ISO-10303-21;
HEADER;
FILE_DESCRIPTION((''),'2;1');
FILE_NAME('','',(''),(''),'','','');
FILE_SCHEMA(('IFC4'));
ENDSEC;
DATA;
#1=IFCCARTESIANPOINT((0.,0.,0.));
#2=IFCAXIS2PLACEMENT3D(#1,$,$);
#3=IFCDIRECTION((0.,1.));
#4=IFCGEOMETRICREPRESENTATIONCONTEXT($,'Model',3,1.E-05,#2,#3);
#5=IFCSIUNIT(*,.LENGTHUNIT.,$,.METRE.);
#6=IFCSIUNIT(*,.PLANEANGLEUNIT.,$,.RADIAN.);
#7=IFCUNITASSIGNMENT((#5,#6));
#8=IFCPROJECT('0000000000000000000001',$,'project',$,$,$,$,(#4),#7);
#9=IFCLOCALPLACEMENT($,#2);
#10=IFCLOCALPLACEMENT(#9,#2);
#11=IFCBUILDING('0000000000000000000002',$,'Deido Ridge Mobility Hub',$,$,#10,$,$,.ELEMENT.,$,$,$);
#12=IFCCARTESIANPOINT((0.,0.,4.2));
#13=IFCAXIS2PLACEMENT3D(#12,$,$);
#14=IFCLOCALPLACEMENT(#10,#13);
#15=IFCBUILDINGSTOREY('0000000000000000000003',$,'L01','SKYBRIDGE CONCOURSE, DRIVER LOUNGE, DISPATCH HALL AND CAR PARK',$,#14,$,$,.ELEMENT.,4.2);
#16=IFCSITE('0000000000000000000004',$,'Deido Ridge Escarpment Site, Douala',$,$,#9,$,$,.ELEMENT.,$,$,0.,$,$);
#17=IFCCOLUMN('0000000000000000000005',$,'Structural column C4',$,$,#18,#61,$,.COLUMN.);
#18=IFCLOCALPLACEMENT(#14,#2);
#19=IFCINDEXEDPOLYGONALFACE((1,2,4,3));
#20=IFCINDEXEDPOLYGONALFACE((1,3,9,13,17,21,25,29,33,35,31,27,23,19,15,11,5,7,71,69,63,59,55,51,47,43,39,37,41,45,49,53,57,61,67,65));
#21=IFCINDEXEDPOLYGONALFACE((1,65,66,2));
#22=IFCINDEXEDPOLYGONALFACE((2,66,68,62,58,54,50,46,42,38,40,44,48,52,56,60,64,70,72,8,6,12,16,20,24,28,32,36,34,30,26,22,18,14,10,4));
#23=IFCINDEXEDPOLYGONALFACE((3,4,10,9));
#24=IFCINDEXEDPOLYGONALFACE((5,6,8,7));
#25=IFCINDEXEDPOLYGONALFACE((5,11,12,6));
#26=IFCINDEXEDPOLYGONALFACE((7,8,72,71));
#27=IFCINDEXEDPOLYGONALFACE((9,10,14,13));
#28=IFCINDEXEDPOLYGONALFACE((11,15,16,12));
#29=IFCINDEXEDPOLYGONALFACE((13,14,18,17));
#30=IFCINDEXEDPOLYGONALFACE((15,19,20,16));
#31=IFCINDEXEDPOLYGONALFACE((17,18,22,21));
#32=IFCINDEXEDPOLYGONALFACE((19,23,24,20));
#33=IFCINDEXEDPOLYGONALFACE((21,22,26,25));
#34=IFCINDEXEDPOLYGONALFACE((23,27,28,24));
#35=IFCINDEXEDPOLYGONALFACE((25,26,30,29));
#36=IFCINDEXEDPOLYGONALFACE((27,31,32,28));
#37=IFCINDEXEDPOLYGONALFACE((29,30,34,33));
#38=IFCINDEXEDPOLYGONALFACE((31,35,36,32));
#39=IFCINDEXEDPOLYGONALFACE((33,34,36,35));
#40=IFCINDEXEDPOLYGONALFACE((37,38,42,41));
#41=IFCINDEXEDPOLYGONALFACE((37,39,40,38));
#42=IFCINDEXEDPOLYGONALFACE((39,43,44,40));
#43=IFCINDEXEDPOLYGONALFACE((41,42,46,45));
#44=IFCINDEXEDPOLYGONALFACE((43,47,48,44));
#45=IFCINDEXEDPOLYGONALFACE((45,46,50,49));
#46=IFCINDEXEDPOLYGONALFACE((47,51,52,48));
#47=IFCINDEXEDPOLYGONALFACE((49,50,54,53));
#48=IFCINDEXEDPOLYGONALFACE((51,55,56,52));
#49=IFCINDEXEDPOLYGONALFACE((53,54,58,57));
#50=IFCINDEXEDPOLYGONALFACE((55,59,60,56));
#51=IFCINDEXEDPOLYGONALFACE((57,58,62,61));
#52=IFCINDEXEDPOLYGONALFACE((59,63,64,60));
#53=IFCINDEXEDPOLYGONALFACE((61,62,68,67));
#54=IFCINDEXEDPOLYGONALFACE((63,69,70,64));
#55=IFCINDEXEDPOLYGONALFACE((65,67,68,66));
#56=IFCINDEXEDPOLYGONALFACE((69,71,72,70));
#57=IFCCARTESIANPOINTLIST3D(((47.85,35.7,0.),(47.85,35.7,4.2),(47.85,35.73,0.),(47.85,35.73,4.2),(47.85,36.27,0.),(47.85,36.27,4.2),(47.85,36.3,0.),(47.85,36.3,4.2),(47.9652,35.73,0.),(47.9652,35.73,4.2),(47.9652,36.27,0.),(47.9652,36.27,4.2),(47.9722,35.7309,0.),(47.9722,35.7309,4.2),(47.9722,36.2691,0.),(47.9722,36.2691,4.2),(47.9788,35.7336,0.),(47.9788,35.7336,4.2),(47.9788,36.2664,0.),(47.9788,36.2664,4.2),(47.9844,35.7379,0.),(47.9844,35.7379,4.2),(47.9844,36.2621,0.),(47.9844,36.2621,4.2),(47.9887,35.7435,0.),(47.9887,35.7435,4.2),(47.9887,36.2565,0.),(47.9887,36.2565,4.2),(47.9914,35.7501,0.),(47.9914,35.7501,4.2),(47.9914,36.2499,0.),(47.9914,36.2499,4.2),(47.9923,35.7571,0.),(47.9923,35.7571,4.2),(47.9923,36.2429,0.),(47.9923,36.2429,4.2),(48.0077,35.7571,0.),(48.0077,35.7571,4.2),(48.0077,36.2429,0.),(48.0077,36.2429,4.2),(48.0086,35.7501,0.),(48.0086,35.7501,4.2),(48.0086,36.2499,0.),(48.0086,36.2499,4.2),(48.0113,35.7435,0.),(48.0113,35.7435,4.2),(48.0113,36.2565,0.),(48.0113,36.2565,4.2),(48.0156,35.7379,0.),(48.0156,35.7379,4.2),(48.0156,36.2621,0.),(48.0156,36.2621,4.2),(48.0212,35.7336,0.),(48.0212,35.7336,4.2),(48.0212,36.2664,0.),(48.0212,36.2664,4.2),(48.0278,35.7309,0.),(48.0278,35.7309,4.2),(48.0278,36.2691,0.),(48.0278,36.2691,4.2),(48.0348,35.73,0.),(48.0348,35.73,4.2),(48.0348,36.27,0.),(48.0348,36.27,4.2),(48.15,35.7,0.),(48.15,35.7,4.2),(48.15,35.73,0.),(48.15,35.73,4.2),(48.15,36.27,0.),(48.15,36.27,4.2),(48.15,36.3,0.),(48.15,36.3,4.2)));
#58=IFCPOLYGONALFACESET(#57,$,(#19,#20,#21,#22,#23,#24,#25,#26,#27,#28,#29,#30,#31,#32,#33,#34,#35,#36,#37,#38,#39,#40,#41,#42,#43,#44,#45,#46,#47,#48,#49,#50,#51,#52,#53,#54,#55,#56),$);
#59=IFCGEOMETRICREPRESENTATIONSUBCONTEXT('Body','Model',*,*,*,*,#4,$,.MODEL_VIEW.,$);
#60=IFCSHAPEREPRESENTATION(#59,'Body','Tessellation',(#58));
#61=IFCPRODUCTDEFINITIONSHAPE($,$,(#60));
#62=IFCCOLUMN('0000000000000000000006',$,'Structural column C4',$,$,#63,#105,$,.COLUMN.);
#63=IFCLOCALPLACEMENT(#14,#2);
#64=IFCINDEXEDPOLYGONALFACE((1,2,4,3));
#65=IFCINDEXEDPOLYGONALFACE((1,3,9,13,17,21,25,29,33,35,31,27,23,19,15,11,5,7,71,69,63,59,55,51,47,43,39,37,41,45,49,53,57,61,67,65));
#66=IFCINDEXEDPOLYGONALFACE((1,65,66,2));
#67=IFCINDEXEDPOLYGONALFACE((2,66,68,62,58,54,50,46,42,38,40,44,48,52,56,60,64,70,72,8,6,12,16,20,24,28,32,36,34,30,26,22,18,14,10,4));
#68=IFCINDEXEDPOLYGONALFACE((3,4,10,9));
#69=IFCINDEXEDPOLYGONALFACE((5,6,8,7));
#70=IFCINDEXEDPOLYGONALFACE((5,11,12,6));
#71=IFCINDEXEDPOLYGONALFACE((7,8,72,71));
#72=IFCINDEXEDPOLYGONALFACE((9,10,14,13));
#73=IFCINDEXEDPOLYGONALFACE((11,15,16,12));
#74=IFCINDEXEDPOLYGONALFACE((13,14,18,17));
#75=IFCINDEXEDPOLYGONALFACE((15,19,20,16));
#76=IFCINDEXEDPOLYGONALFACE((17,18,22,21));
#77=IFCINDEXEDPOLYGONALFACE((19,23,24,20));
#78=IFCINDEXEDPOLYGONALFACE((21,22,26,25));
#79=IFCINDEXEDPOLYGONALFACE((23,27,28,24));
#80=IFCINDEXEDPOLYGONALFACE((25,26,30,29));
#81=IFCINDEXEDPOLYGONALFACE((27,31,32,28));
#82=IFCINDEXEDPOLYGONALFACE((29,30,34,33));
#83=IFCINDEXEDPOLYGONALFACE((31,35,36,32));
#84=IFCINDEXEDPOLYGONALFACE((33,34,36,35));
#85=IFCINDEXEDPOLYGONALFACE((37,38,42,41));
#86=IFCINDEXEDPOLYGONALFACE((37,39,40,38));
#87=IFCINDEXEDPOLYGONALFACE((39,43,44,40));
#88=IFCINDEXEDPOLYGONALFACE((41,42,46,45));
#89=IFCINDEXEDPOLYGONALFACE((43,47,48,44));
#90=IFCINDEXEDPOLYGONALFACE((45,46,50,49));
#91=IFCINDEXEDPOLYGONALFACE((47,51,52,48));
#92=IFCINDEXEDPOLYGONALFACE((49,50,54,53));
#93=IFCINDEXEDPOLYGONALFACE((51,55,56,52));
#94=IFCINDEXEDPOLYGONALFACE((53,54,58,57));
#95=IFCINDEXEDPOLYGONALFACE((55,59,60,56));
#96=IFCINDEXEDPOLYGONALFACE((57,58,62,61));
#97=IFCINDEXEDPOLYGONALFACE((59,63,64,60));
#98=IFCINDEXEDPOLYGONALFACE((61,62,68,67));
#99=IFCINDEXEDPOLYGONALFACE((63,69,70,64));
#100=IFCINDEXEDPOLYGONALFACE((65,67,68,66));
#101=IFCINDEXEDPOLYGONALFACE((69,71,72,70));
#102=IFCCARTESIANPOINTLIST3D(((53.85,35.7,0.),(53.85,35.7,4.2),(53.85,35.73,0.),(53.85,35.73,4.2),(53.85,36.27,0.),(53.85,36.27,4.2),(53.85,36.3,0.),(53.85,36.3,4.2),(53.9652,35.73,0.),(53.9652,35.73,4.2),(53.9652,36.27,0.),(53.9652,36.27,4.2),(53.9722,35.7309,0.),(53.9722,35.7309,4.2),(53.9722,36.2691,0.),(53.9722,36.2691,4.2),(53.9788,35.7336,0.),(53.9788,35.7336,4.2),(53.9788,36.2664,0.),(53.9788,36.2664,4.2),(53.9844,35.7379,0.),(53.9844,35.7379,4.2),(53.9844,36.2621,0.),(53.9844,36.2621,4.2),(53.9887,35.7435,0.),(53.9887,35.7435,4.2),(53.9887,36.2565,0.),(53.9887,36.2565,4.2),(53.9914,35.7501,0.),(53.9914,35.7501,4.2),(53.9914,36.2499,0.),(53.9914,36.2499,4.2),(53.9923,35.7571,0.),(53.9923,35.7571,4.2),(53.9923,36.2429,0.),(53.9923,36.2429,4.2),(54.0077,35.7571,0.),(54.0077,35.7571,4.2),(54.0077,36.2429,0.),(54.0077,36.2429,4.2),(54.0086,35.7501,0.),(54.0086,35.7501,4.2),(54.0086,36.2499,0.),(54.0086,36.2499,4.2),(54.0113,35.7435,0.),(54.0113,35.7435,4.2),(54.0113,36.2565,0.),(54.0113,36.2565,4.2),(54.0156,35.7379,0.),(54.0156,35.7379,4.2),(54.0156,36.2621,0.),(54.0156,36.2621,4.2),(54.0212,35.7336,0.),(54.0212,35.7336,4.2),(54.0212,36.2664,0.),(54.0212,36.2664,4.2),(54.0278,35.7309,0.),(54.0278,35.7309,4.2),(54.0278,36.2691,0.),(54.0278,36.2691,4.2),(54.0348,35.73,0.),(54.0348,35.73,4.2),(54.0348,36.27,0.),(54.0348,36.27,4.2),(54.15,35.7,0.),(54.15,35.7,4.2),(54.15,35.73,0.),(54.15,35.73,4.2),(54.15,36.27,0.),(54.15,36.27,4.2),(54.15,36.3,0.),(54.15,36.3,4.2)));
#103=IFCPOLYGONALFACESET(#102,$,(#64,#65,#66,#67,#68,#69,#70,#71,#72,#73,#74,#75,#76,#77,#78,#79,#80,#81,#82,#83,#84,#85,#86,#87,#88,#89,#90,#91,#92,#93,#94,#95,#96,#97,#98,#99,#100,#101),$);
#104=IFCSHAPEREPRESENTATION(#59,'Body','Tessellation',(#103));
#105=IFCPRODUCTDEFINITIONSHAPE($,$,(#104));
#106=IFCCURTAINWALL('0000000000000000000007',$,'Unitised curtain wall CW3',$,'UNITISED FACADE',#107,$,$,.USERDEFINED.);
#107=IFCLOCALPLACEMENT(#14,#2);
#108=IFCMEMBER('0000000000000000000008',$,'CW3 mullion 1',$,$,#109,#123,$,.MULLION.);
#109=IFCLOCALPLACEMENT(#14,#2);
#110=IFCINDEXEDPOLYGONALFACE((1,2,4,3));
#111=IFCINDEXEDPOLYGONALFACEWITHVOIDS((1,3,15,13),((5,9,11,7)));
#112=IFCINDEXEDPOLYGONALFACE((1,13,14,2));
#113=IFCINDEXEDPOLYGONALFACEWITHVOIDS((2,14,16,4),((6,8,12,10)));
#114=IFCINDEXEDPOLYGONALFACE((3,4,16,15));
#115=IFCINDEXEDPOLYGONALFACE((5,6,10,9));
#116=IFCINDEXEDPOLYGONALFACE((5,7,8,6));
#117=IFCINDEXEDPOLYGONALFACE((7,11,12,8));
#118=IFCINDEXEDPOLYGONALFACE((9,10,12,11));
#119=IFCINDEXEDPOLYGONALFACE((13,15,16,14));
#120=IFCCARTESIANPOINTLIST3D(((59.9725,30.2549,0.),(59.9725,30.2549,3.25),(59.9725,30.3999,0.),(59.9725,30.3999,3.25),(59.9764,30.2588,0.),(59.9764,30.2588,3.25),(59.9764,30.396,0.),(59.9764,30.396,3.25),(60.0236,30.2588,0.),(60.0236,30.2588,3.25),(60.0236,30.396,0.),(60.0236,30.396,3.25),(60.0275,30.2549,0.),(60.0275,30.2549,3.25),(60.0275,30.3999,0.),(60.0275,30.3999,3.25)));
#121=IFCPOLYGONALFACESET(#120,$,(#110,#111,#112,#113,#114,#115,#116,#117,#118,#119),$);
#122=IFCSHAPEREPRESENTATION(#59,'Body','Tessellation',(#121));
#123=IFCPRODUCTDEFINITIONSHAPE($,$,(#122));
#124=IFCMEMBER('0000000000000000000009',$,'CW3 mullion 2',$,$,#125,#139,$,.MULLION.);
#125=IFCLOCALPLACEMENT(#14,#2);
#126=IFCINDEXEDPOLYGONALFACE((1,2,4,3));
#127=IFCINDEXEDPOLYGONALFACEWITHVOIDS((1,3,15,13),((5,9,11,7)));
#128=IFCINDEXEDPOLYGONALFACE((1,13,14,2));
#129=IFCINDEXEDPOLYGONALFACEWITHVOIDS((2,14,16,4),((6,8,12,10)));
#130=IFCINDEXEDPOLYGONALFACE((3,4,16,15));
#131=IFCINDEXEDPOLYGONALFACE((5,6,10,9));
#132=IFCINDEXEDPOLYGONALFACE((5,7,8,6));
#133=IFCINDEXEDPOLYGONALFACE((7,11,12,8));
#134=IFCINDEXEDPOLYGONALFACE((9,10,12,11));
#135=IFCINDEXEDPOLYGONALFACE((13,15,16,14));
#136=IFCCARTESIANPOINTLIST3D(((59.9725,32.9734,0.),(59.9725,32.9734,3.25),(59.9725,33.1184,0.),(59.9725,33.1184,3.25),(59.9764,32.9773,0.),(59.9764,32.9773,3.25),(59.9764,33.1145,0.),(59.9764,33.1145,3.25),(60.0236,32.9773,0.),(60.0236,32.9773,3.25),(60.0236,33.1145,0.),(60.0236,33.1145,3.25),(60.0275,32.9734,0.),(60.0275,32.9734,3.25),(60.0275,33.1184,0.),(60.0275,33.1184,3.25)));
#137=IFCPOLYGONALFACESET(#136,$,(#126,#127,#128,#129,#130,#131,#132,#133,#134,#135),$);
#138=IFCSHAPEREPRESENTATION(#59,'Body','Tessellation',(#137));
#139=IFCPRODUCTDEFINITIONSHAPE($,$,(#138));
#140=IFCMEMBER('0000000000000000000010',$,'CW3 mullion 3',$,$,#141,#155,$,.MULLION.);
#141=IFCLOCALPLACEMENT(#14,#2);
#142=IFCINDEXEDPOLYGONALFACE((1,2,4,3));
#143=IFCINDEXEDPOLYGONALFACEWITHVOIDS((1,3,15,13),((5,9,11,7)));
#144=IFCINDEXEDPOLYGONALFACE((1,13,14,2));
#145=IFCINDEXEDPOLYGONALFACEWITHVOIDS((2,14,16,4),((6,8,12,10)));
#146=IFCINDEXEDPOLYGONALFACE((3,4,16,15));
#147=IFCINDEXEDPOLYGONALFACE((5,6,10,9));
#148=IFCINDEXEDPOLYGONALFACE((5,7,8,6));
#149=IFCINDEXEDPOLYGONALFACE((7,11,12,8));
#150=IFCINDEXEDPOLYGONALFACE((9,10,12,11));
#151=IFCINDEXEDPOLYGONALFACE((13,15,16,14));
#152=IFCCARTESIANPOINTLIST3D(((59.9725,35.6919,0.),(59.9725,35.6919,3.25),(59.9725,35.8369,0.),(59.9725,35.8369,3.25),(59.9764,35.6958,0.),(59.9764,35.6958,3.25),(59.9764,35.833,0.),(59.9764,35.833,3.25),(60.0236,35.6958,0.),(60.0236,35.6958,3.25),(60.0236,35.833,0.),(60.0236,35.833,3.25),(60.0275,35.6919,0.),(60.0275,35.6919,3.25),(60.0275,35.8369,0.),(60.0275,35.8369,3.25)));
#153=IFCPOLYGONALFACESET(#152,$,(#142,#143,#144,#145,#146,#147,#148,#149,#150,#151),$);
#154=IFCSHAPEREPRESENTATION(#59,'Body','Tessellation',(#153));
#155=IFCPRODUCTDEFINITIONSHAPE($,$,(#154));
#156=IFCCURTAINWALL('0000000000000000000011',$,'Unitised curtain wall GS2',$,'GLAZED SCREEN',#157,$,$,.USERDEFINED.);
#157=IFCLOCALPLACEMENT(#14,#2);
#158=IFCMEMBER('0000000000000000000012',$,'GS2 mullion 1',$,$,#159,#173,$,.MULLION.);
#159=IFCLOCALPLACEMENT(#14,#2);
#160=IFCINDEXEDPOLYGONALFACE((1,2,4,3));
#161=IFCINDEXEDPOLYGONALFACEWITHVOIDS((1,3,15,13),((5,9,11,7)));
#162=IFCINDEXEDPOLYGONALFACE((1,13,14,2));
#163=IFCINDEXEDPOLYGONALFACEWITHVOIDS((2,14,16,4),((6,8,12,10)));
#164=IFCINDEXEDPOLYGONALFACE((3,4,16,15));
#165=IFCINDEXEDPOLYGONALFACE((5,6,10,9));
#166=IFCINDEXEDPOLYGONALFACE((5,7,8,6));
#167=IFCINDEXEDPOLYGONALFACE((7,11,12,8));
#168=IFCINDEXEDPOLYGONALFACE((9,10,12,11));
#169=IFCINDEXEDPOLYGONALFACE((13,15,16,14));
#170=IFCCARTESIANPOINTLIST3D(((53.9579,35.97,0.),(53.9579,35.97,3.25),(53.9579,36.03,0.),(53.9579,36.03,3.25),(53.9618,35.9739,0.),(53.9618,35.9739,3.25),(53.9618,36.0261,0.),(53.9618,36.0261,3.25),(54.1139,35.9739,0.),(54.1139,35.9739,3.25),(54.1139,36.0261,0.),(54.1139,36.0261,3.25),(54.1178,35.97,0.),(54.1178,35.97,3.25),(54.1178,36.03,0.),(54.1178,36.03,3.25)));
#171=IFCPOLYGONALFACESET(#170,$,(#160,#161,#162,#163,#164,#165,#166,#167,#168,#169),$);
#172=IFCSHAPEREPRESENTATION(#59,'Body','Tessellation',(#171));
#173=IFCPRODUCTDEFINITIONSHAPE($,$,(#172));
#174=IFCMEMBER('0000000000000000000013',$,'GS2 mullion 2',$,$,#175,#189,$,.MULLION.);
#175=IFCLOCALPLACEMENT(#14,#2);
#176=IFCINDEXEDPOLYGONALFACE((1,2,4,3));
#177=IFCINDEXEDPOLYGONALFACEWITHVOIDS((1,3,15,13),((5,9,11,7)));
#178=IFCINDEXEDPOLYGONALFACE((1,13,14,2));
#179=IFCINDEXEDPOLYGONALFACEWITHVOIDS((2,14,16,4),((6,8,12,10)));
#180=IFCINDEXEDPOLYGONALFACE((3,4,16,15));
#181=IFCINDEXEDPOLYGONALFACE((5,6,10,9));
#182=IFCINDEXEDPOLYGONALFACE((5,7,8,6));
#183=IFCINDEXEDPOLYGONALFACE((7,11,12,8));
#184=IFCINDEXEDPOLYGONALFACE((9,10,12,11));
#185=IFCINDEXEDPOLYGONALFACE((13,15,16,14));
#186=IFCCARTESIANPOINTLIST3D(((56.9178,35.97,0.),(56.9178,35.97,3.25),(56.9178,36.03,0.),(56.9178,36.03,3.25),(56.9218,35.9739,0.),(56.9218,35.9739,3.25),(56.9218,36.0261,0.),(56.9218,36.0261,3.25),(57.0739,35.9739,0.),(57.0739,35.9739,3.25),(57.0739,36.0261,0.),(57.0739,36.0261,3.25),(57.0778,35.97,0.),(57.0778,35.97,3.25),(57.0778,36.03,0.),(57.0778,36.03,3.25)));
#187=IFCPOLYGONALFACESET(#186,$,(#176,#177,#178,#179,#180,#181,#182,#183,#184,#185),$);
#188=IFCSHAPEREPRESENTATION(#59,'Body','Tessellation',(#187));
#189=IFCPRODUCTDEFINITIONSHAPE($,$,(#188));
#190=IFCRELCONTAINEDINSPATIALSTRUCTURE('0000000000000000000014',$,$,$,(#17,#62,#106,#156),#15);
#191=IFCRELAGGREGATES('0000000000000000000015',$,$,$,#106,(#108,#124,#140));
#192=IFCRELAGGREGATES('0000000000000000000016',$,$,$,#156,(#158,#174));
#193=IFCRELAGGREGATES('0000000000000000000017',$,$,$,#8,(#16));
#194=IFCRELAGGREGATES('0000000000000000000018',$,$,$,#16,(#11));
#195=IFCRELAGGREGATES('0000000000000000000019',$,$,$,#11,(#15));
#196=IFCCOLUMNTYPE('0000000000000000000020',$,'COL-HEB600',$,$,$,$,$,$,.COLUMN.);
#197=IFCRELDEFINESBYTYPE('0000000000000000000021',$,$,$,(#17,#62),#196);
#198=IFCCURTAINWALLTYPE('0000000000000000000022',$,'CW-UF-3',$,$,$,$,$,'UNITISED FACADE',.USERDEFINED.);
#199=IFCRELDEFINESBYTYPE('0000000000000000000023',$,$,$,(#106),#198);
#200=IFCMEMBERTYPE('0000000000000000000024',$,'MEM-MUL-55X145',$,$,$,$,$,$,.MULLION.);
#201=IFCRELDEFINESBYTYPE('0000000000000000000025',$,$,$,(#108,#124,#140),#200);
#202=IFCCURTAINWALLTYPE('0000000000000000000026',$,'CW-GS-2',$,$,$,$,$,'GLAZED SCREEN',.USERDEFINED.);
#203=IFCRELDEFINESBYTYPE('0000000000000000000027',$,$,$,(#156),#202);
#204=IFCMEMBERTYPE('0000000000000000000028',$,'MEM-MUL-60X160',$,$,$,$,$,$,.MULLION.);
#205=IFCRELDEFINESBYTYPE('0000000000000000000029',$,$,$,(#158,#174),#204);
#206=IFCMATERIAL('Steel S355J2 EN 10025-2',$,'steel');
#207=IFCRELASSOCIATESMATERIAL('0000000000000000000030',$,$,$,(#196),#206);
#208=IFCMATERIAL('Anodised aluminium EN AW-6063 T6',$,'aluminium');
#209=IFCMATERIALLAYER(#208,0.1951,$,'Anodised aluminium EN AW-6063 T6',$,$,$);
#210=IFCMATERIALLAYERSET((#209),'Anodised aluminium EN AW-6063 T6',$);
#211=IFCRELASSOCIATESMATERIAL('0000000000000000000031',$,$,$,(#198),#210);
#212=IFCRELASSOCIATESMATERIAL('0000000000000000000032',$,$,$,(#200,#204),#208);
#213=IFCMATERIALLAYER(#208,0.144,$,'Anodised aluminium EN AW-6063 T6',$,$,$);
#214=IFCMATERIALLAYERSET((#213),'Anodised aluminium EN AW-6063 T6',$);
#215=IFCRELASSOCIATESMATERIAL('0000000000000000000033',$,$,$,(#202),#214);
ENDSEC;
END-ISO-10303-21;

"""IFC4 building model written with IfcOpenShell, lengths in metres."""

from ifc_helpers import new_model, si_unit, direction, frame, origin, origin_2d, place, context, subcontext, project, spatial, hollow_rectangle, i_section, extrude, material, layer, layer_set, material_profile, profile_set, type_object, element, aggregate, save


model = new_model("IFC4")

# Units and contexts
model_context = context("Model", 3, precision=1e-05, world=origin(), true_north=direction((0.0, 1.0)))
body_context = subcontext(model_context, "Body", "Model", "MODEL_VIEW")
ifc_project = project(units=[si_unit("LENGTHUNIT", "METRE"), si_unit("PLANEANGLEUNIT", "RADIAN")], contexts=[model_context])

# Site, building, storey
site_placement = place(None, origin())
site = spatial("IfcSite", under=ifc_project, at=site_placement, Name="Deido Ridge Escarpment Site, Douala", CompositionType="ELEMENT", RefElevation=0.0)
building_placement = place(site_placement, origin())
building = spatial("IfcBuilding", under=site, at=building_placement, Name="Deido Ridge Mobility Hub", CompositionType="ELEMENT")
storey_placement = place(building_placement, frame((0.0, 0.0, 4.2)))
storey = spatial("IfcBuildingStorey", under=building, at=storey_placement, Name="L01", Description="SKYBRIDGE CONCOURSE, DRIVER LOUNGE, DISPATCH HALL AND CAR PARK", CompositionType="ELEMENT", Elevation=4.2)

# Columns
ifc_material_1 = material(Name="Steel S355J2 EN 10025-2", Category="steel")
ifc_material_profile_1 = material_profile(ifc_material_1, i_section(OverallWidth=0.3, OverallDepth=0.6001, WebThickness=0.0154, FlangeThickness=0.03, FilletRadius=0.0271, at=origin_2d()), Name="HEB 600")
ifc_profile_set_1 = profile_set([ifc_material_profile_1], Name="Steel S355J2 EN 10025-2")
column_type_1 = type_object("IfcColumnType", Name="COL-HEB600", PredefinedType="COLUMN", material=ifc_profile_set_1)
for number, where, z_axis, x_axis, name in (
    (1, (48.0, 36.0, 0.0), (0.0, 0.0, 1.0), (1.0, 0.0, 0.0), "Structural column C4"),
    (2, (54.0, 36.0, 0.0), (0.0, 0.0, 1.0), (1.0, 0.0, 0.0), "Structural column C4"),
):
    element("IfcColumn", number, at=place(storey_placement, frame(where, z_axis=z_axis, x_axis=x_axis)), inside=storey, type_object=column_type_1, Name=name, PredefinedType="COLUMN", context=body_context, shape_type="SweptSolid", body=[
        extrude(i_section(OverallWidth=0.3, OverallDepth=0.6001, WebThickness=0.0154, FlangeThickness=0.03, FilletRadius=0.0271, at=origin_2d()), origin(), (0.0, 0.0, 1.0), 4.2),
    ])

# Curtain walls, members
ifc_material_2 = material(Name="Anodised aluminium EN AW-6063 T6", Category="aluminium")
ifc_layer_1 = layer(ifc_material_2, 0.1951, Name="Anodised aluminium EN AW-6063 T6")
ifc_layer_set_1 = layer_set([ifc_layer_1], Name="Anodised aluminium EN AW-6063 T6")
curtain_wall_type_1 = type_object("IfcCurtainWallType", Name="CW-UF-3", ElementType="UNITISED FACADE", PredefinedType="USERDEFINED", material=ifc_layer_set_1)
curtain_wall_1_placement = place(storey_placement, origin())
curtain_wall_1 = element("IfcCurtainWall", 3, at=curtain_wall_1_placement, inside=storey, type_object=curtain_wall_type_1, Name="Unitised curtain wall CW3", ObjectType="UNITISED FACADE", PredefinedType="USERDEFINED")
ifc_material_profile_2 = material_profile(ifc_material_2, hollow_rectangle(XDim=0.0549, YDim=0.145, WallThickness=0.0039, at=origin_2d()), Name="RHS 55x145x4")
ifc_profile_set_2 = profile_set([ifc_material_profile_2], Name="Anodised aluminium EN AW-6063 T6")
member_type_1 = type_object("IfcMemberType", Name="MEM-MUL-55X145", PredefinedType="MULLION", material=ifc_profile_set_2)
member_1_placement = place(storey_placement, frame((60.0, 30.3274, 0.0), z_axis=(0.0, 0.0, 1.0), x_axis=(-1.0, 0.0, 0.0)))
member_1 = element("IfcMember", 4, at=member_1_placement, type_object=member_type_1, Name="CW3 mullion 1", PredefinedType="MULLION", context=body_context, shape_type="SweptSolid", body=[
    extrude(hollow_rectangle(XDim=0.0549, YDim=0.145, WallThickness=0.0039, at=origin_2d()), origin(), (0.0, 0.0, 1.0), 3.25),
])
member_2_placement = place(storey_placement, frame((60.0, 33.0459, 0.0), z_axis=(0.0, 0.0, 1.0), x_axis=(-1.0, 0.0, 0.0)))
member_2 = element("IfcMember", 5, at=member_2_placement, type_object=member_type_1, Name="CW3 mullion 2", PredefinedType="MULLION", context=body_context, shape_type="SweptSolid", body=[
    extrude(hollow_rectangle(XDim=0.0549, YDim=0.145, WallThickness=0.0039, at=origin_2d()), origin(), (0.0, 0.0, 1.0), 3.25),
])
member_3_placement = place(storey_placement, frame((60.0, 35.7644, 0.0), z_axis=(0.0, 0.0, 1.0), x_axis=(-1.0, 0.0, 0.0)))
member_3 = element("IfcMember", 6, at=member_3_placement, type_object=member_type_1, Name="CW3 mullion 3", PredefinedType="MULLION", context=body_context, shape_type="SweptSolid", body=[
    extrude(hollow_rectangle(XDim=0.0549, YDim=0.145, WallThickness=0.0039, at=origin_2d()), origin(), (0.0, 0.0, 1.0), 3.25),
])
ifc_layer_2 = layer(ifc_material_2, 0.144, Name="Anodised aluminium EN AW-6063 T6")
ifc_layer_set_2 = layer_set([ifc_layer_2], Name="Anodised aluminium EN AW-6063 T6")
curtain_wall_type_2 = type_object("IfcCurtainWallType", Name="CW-GS-2", ElementType="GLAZED SCREEN", PredefinedType="USERDEFINED", material=ifc_layer_set_2)
curtain_wall_2_placement = place(storey_placement, origin())
curtain_wall_2 = element("IfcCurtainWall", 7, at=curtain_wall_2_placement, inside=storey, type_object=curtain_wall_type_2, Name="Unitised curtain wall GS2", ObjectType="GLAZED SCREEN", PredefinedType="USERDEFINED")
ifc_material_profile_3 = material_profile(ifc_material_2, hollow_rectangle(XDim=0.0601, YDim=0.1599, WallThickness=0.0039, at=origin_2d()), Name="RHS 60x160x4")
ifc_profile_set_3 = profile_set([ifc_material_profile_3], Name="Anodised aluminium EN AW-6063 T6")
member_type_2 = type_object("IfcMemberType", Name="MEM-MUL-60X160", PredefinedType="MULLION", material=ifc_profile_set_3)
member_4_placement = place(storey_placement, frame((54.0378, 36.0, 0.0), z_axis=(0.0, 0.0, 1.0), x_axis=(0.0, 1.0, 0.0)))
member_4 = element("IfcMember", 8, at=member_4_placement, type_object=member_type_2, Name="GS2 mullion 1", PredefinedType="MULLION", context=body_context, shape_type="SweptSolid", body=[
    extrude(hollow_rectangle(XDim=0.0601, YDim=0.1599, WallThickness=0.0039, at=origin_2d()), origin(), (0.0, 0.0, 1.0), 3.25),
])
member_5_placement = place(storey_placement, frame((56.9978, 36.0, 0.0), z_axis=(0.0, 0.0, 1.0), x_axis=(0.0, 1.0, 0.0)))
member_5 = element("IfcMember", 9, at=member_5_placement, type_object=member_type_2, Name="GS2 mullion 2", PredefinedType="MULLION", context=body_context, shape_type="SweptSolid", body=[
    extrude(hollow_rectangle(XDim=0.0601, YDim=0.1599, WallThickness=0.0039, at=origin_2d()), origin(), (0.0, 0.0, 1.0), 3.25),
])

aggregate(curtain_wall_1, [member_1, member_2, member_3])
aggregate(curtain_wall_2, [member_4, member_5])

save(model, "model.ifc")
